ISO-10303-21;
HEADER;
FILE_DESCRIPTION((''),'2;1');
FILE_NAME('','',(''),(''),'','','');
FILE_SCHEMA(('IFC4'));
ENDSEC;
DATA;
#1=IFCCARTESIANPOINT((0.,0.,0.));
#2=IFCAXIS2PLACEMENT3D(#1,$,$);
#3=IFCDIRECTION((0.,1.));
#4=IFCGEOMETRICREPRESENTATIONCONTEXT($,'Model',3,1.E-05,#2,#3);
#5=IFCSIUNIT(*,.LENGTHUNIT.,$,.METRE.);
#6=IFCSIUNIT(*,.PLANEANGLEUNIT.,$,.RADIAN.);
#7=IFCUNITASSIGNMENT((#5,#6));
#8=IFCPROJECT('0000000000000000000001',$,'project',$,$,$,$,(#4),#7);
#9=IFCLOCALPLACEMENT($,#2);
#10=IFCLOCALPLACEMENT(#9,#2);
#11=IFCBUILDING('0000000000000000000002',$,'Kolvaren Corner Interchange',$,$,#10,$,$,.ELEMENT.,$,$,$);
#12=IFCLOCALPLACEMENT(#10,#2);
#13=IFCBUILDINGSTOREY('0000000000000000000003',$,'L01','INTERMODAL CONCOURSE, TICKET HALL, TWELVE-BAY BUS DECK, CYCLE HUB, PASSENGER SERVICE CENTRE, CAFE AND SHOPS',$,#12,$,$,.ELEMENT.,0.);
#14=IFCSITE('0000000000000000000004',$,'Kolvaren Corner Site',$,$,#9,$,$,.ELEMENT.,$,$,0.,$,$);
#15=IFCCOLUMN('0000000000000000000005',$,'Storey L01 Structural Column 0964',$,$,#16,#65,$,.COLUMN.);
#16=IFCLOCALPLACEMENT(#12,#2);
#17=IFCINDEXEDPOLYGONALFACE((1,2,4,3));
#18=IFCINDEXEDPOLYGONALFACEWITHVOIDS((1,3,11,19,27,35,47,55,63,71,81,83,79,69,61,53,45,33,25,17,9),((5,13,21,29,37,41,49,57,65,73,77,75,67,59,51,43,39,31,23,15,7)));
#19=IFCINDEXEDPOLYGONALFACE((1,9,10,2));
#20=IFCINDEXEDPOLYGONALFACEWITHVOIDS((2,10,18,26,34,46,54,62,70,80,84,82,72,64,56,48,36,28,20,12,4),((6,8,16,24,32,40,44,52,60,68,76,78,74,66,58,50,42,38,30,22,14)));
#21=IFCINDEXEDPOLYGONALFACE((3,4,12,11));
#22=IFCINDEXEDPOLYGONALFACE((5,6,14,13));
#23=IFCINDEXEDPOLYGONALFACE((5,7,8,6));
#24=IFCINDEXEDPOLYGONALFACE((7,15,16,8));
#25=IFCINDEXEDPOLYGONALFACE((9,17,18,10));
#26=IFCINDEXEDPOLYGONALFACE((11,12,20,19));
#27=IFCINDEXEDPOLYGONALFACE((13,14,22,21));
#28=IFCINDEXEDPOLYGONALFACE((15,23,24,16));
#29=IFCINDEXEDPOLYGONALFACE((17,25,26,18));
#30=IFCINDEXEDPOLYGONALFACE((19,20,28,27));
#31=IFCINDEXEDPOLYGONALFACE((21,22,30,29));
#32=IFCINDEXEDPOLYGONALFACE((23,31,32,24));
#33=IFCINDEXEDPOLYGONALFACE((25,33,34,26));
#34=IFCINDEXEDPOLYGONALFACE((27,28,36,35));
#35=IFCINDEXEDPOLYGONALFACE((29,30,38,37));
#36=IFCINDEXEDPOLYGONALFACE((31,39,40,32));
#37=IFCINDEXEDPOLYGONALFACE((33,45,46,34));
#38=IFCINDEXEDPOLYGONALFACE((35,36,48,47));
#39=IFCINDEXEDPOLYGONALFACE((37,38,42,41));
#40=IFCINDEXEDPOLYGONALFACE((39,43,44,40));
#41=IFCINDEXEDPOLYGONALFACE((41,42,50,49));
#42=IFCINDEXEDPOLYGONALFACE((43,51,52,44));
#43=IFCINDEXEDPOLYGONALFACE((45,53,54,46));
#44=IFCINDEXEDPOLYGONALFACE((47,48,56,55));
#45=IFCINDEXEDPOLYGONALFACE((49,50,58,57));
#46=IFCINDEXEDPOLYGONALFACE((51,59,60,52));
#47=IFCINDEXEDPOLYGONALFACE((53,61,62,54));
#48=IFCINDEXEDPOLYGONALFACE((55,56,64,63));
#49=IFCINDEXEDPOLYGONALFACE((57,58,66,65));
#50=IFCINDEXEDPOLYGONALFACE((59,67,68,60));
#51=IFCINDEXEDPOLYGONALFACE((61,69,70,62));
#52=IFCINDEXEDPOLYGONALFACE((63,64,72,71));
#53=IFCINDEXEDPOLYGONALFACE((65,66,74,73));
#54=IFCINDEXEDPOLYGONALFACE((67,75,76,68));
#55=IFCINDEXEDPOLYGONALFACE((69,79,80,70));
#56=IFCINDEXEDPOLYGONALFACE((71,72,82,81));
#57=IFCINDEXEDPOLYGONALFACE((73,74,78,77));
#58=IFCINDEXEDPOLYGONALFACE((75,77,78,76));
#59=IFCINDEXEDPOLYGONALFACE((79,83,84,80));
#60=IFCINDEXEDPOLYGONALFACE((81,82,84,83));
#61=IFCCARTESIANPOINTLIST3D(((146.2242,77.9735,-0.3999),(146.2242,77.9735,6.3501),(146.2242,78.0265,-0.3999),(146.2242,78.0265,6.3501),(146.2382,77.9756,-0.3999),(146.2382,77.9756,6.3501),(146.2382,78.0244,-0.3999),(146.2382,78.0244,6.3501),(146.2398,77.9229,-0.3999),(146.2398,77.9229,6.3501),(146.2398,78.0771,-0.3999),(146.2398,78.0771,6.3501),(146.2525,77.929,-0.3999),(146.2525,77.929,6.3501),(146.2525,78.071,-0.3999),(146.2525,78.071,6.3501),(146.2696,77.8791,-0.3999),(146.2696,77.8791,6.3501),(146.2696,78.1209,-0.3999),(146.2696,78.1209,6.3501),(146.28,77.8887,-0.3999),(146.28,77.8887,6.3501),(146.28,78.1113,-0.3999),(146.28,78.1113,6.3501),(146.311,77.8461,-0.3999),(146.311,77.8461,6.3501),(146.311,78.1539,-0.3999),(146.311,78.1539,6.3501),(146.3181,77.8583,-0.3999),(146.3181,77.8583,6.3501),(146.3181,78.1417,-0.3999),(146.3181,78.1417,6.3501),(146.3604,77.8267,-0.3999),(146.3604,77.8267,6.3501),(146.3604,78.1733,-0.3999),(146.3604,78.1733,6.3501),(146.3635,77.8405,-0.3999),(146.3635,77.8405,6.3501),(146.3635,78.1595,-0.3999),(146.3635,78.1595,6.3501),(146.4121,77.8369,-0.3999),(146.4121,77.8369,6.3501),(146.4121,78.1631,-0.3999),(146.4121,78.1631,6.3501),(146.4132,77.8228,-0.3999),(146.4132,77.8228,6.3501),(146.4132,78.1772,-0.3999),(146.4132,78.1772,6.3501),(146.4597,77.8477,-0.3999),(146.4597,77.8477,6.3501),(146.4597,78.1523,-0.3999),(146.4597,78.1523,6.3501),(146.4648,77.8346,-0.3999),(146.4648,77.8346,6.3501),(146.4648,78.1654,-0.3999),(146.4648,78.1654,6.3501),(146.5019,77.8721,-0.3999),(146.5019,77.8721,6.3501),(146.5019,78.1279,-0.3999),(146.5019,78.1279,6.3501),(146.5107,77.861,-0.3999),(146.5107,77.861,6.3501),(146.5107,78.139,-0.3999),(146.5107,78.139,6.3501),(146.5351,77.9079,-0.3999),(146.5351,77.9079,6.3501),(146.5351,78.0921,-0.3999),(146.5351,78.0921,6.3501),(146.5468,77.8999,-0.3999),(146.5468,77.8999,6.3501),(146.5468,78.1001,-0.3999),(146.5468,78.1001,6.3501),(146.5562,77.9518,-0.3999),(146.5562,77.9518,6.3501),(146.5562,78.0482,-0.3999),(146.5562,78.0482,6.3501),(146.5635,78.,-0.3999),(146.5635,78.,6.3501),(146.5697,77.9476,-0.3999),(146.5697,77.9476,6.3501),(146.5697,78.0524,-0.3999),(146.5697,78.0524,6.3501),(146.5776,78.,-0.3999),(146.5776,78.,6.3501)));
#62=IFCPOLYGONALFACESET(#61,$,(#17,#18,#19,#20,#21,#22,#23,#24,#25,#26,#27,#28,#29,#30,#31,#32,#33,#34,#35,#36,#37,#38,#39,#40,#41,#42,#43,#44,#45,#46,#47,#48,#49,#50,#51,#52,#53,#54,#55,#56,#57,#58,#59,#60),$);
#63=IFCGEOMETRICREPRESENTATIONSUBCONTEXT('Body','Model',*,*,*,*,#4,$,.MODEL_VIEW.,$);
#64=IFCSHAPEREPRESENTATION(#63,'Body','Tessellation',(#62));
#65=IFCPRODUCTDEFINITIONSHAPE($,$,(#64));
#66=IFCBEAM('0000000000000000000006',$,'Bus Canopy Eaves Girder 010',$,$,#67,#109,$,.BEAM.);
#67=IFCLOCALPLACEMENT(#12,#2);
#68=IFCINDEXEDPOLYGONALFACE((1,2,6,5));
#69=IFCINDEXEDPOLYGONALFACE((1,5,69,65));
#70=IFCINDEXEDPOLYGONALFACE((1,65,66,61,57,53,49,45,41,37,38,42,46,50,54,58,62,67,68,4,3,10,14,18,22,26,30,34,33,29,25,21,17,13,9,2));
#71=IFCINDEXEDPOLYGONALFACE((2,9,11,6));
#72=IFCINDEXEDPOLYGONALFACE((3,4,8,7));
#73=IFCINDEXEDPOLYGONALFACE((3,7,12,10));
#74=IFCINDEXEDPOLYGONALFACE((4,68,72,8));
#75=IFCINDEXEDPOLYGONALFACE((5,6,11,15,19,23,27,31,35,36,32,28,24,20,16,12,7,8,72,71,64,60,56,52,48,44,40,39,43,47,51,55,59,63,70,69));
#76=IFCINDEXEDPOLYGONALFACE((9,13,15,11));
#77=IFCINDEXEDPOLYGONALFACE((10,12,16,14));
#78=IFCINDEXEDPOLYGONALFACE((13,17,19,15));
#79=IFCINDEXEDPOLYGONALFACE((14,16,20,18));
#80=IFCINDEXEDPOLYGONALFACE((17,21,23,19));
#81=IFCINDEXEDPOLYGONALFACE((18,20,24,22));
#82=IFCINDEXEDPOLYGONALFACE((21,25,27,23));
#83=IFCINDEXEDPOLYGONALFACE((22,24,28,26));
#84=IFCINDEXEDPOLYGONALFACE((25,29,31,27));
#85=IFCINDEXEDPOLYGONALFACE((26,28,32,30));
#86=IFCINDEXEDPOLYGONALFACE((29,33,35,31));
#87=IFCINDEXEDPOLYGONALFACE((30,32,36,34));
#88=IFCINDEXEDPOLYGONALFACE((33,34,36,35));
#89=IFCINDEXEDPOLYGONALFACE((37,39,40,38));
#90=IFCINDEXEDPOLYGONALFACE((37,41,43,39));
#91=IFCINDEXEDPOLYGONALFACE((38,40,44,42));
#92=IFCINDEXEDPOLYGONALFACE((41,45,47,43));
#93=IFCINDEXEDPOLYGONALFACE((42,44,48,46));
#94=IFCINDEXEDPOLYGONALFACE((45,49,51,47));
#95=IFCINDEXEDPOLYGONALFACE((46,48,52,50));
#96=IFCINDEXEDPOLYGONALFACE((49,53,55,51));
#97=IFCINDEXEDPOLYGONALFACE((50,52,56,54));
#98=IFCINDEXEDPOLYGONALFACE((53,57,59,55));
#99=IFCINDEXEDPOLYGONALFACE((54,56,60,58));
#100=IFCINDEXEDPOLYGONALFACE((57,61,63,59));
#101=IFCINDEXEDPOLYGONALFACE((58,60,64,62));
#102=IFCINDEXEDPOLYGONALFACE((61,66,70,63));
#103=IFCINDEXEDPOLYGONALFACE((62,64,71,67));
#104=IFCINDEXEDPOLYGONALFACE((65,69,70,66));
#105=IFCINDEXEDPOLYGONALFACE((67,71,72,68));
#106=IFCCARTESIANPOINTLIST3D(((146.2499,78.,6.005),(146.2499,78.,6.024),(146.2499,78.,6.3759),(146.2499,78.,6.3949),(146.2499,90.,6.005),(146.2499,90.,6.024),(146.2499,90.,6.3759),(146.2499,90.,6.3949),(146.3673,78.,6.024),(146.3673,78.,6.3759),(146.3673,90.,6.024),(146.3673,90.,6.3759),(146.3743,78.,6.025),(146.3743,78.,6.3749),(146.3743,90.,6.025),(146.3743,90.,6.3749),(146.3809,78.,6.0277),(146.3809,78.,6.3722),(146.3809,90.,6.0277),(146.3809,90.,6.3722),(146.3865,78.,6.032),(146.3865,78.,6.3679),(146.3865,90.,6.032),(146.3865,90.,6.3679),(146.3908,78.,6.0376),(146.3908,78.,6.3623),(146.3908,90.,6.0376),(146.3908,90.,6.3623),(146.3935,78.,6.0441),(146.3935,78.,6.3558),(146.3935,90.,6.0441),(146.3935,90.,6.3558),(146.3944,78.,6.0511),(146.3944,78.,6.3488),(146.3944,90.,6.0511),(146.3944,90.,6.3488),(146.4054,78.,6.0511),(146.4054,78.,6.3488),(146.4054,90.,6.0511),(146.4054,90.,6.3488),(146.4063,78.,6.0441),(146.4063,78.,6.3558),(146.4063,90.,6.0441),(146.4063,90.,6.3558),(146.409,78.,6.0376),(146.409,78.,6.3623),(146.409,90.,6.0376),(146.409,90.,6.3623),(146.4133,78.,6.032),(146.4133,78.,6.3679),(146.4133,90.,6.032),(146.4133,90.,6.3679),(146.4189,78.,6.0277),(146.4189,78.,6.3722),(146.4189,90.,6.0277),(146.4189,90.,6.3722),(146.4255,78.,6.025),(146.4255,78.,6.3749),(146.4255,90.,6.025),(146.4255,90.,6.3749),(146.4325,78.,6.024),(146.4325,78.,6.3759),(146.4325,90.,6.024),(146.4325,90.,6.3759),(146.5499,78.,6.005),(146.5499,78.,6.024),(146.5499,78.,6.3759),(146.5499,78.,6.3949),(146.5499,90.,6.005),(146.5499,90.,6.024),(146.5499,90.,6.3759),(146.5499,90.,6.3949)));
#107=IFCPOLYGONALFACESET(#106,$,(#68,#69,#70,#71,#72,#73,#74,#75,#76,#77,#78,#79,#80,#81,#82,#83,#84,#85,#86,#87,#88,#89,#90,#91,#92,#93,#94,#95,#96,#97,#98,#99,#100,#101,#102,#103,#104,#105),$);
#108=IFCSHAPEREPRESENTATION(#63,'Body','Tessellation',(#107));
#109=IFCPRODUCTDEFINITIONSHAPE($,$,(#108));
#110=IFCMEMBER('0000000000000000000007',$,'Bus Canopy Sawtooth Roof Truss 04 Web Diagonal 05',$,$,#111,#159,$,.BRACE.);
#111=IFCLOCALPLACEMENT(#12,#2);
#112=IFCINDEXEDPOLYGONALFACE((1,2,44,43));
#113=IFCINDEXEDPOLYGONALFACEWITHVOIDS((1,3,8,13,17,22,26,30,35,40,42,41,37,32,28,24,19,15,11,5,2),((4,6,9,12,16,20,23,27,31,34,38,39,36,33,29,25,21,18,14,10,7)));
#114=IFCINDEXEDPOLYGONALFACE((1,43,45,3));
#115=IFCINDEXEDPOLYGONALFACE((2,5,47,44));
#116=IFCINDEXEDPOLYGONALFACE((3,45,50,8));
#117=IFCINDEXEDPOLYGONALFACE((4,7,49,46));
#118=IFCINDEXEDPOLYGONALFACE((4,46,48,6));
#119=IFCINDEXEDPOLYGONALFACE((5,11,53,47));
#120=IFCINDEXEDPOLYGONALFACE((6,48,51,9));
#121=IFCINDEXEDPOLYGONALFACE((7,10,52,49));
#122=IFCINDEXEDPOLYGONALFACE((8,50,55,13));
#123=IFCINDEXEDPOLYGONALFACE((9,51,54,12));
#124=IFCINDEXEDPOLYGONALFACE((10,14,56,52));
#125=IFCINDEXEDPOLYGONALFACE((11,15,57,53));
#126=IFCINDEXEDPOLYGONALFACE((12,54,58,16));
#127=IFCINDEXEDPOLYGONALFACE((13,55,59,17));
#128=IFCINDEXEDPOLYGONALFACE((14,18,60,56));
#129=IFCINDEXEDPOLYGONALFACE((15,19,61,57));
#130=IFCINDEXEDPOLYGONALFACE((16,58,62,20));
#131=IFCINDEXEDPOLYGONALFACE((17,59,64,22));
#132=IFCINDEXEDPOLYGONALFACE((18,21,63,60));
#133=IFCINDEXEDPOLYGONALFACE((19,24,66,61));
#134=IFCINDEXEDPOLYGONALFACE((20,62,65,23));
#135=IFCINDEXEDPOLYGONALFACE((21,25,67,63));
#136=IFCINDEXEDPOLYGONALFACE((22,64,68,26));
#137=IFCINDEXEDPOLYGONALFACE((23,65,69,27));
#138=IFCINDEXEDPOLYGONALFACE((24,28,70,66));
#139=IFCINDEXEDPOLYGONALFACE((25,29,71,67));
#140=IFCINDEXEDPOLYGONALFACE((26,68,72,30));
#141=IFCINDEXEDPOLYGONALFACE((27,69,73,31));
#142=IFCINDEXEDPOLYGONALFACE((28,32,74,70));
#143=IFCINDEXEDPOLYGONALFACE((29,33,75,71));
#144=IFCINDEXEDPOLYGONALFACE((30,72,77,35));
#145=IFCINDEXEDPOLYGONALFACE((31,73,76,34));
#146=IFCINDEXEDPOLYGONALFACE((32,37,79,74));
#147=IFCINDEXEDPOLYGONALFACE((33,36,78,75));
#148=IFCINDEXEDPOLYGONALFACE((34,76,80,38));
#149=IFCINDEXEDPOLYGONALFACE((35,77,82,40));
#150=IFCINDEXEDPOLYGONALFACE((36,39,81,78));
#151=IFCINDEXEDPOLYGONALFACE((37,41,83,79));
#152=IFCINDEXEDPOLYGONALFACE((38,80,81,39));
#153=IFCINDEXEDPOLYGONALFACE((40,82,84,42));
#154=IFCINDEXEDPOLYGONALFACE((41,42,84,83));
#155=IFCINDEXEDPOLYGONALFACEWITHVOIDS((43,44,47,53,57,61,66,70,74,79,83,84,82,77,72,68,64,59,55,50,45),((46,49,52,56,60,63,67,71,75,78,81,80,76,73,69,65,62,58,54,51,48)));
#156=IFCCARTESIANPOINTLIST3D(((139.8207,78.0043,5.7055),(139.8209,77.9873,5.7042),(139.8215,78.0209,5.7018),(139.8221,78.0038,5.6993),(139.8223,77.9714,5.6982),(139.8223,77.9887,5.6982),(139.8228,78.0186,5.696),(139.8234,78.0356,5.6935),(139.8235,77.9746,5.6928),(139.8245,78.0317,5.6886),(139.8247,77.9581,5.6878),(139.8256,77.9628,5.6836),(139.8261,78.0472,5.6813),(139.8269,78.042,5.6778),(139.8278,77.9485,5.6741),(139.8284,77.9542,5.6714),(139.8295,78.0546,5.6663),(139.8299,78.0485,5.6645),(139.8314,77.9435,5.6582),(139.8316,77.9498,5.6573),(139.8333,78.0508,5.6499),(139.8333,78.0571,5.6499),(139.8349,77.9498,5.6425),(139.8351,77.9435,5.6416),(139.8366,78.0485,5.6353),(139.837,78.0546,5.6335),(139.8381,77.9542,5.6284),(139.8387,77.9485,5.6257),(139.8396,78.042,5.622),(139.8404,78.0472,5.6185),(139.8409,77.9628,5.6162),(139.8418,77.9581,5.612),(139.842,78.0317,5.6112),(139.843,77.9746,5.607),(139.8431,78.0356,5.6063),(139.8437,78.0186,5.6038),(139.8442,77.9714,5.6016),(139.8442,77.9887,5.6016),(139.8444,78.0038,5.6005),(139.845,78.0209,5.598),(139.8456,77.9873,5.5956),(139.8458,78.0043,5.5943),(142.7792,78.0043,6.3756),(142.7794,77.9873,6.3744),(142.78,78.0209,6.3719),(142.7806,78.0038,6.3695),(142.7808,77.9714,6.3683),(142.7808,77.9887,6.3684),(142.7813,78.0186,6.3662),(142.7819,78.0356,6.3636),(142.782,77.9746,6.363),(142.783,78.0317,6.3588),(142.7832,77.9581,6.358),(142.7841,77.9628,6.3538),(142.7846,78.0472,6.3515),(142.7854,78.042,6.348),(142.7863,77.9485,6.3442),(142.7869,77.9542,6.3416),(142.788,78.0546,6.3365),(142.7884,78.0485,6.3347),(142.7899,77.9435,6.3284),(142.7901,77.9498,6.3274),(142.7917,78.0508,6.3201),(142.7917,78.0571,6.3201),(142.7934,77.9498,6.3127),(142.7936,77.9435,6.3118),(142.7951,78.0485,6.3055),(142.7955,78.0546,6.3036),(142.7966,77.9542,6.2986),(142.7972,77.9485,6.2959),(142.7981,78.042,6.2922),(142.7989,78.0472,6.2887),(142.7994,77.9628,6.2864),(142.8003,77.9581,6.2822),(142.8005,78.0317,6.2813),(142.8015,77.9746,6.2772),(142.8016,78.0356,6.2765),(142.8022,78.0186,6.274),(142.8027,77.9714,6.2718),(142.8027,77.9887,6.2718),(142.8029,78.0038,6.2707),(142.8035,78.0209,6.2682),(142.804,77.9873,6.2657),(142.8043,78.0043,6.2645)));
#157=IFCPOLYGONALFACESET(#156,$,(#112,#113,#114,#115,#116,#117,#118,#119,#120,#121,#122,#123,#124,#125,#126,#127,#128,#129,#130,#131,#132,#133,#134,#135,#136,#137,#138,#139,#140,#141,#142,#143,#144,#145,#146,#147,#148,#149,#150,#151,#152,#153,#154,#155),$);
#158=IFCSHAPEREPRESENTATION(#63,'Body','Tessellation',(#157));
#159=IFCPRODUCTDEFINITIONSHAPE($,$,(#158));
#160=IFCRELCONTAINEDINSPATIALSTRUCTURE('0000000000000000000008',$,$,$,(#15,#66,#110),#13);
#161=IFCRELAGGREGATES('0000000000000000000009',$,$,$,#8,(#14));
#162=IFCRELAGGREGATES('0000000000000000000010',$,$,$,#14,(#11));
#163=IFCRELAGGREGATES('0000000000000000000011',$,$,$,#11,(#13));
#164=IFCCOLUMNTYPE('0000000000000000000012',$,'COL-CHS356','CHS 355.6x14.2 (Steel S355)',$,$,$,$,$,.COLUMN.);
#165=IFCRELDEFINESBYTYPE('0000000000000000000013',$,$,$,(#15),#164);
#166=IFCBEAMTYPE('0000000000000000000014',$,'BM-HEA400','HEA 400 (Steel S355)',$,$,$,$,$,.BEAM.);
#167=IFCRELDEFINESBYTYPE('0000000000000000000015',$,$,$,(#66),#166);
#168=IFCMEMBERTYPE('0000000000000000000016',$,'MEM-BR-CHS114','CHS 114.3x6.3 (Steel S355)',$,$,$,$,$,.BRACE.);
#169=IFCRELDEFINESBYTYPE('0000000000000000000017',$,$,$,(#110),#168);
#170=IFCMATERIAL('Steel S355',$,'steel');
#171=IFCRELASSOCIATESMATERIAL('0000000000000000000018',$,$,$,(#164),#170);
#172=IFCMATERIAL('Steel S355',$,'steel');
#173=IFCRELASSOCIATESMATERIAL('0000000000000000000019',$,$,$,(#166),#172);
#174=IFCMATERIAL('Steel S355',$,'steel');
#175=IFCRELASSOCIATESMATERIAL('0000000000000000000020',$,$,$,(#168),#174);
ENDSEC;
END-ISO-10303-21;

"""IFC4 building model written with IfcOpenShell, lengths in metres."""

from ifc_helpers import new_model, si_unit, direction, frame, origin, origin_2d, place, context, subcontext, project, spatial, hollow_circle, i_section, extrude, material, material_profile, profile_set, type_object, element, save


model = new_model("IFC4")

# Units and contexts
model_context = context("Model", 3, precision=1e-05, world=origin(), true_north=direction((0.0, 1.0)))
body_context = subcontext(model_context, "Body", "Model", "MODEL_VIEW")
ifc_project = project(units=[si_unit("LENGTHUNIT", "METRE"), si_unit("PLANEANGLEUNIT", "RADIAN")], contexts=[model_context])

# Site, building, storey
site_placement = place(None, origin())
site = spatial("IfcSite", under=ifc_project, at=site_placement, Name="Kolvaren Corner Site", CompositionType="ELEMENT", RefElevation=0.0)
building_placement = place(site_placement, origin())
building = spatial("IfcBuilding", under=site, at=building_placement, Name="Kolvaren Corner Interchange", CompositionType="ELEMENT")
storey_placement = place(building_placement, origin())
storey = spatial("IfcBuildingStorey", under=building, at=storey_placement, Name="L01", Description="INTERMODAL CONCOURSE, TICKET HALL, TWELVE-BAY BUS DECK, CYCLE HUB, PASSENGER SERVICE CENTRE, CAFE AND SHOPS", CompositionType="ELEMENT", Elevation=0.0)

# Column
ifc_material_1 = material(Name="Steel S355", Category="steel")
ifc_material_profile_1 = material_profile(ifc_material_1, hollow_circle(Radius=0.1777, WallThickness=0.0142, at=origin_2d()), Name="CHS 355.6x14.2")
ifc_profile_set_1 = profile_set([ifc_material_profile_1], Name="Steel S355")
column_type = type_object("IfcColumnType", Name="COL-CHS356", Description="CHS 355.6x14.2 (Steel S355)", PredefinedType="COLUMN", material=ifc_profile_set_1)
column_placement = place(storey_placement, frame((146.3999, 78.0, -0.3999), z_axis=(0.0, 0.0, 1.0), x_axis=(1.0, 0.0, 0.0)))
element("IfcColumn", 1, at=column_placement, inside=storey, type_object=column_type, Name="Storey L01 Structural Column 0964", PredefinedType="COLUMN", context=body_context, shape_type="SweptSolid", body=[
    extrude(hollow_circle(Radius=0.1777, WallThickness=0.0142, at=origin_2d()), origin(), (0.0, 0.0, 1.0), 6.75),
])

# Beam
ifc_material_2 = material(Name="Steel S355", Category="steel")
ifc_material_profile_2 = material_profile(ifc_material_2, i_section(OverallWidth=0.3, OverallDepth=0.3899, WebThickness=0.011, FlangeThickness=0.019, FilletRadius=0.0271, at=origin_2d()), Name="HEA 400")
ifc_profile_set_2 = profile_set([ifc_material_profile_2], Name="Steel S355")
beam_type = type_object("IfcBeamType", Name="BM-HEA400", Description="HEA 400 (Steel S355)", PredefinedType="BEAM", material=ifc_profile_set_2)
beam_placement = place(storey_placement, frame((146.3999, 78.0, 6.2), z_axis=(0.0, 1.0, 0.0), x_axis=(-1.0, 0.0, 0.0)))
element("IfcBeam", 2, at=beam_placement, inside=storey, type_object=beam_type, Name="Bus Canopy Eaves Girder 010", PredefinedType="BEAM", context=body_context, shape_type="SweptSolid", body=[
    extrude(i_section(OverallWidth=0.3, OverallDepth=0.3899, WebThickness=0.011, FlangeThickness=0.019, FilletRadius=0.0271, at=origin_2d()), origin(), (0.0, 0.0, 1.0), 12.0),
])

# Member
ifc_material_3 = material(Name="Steel S355", Category="steel")
ifc_material_profile_3 = material_profile(ifc_material_3, hollow_circle(Radius=0.0571, WallThickness=0.0063, at=origin_2d()), Name="CHS 114.3x6.3")
ifc_profile_set_3 = profile_set([ifc_material_profile_3], Name="Steel S355")
member_type_1 = type_object("IfcMemberType", Name="MEM-BR-CHS114", Description="CHS 114.3x6.3 (Steel S355)", PredefinedType="BRACE", material=ifc_profile_set_3)
member_1_placement = place(storey_placement, frame((139.8333, 78.0, 5.6499), z_axis=(0.975291, 0.0, 0.220925), x_axis=(0.0, 1.0, 0.0)))
element("IfcMember", 3, at=member_1_placement, inside=storey, type_object=member_type_1, Name="Bus Canopy Sawtooth Roof Truss 04 Web Diagonal 05", PredefinedType="BRACE", context=body_context, shape_type="SweptSolid", body=[
    extrude(hollow_circle(Radius=0.0571, WallThickness=0.0063, at=origin_2d()), origin(), (0.0, 0.0, 1.0), 3.0334),
])

save(model, "model.ifc")
